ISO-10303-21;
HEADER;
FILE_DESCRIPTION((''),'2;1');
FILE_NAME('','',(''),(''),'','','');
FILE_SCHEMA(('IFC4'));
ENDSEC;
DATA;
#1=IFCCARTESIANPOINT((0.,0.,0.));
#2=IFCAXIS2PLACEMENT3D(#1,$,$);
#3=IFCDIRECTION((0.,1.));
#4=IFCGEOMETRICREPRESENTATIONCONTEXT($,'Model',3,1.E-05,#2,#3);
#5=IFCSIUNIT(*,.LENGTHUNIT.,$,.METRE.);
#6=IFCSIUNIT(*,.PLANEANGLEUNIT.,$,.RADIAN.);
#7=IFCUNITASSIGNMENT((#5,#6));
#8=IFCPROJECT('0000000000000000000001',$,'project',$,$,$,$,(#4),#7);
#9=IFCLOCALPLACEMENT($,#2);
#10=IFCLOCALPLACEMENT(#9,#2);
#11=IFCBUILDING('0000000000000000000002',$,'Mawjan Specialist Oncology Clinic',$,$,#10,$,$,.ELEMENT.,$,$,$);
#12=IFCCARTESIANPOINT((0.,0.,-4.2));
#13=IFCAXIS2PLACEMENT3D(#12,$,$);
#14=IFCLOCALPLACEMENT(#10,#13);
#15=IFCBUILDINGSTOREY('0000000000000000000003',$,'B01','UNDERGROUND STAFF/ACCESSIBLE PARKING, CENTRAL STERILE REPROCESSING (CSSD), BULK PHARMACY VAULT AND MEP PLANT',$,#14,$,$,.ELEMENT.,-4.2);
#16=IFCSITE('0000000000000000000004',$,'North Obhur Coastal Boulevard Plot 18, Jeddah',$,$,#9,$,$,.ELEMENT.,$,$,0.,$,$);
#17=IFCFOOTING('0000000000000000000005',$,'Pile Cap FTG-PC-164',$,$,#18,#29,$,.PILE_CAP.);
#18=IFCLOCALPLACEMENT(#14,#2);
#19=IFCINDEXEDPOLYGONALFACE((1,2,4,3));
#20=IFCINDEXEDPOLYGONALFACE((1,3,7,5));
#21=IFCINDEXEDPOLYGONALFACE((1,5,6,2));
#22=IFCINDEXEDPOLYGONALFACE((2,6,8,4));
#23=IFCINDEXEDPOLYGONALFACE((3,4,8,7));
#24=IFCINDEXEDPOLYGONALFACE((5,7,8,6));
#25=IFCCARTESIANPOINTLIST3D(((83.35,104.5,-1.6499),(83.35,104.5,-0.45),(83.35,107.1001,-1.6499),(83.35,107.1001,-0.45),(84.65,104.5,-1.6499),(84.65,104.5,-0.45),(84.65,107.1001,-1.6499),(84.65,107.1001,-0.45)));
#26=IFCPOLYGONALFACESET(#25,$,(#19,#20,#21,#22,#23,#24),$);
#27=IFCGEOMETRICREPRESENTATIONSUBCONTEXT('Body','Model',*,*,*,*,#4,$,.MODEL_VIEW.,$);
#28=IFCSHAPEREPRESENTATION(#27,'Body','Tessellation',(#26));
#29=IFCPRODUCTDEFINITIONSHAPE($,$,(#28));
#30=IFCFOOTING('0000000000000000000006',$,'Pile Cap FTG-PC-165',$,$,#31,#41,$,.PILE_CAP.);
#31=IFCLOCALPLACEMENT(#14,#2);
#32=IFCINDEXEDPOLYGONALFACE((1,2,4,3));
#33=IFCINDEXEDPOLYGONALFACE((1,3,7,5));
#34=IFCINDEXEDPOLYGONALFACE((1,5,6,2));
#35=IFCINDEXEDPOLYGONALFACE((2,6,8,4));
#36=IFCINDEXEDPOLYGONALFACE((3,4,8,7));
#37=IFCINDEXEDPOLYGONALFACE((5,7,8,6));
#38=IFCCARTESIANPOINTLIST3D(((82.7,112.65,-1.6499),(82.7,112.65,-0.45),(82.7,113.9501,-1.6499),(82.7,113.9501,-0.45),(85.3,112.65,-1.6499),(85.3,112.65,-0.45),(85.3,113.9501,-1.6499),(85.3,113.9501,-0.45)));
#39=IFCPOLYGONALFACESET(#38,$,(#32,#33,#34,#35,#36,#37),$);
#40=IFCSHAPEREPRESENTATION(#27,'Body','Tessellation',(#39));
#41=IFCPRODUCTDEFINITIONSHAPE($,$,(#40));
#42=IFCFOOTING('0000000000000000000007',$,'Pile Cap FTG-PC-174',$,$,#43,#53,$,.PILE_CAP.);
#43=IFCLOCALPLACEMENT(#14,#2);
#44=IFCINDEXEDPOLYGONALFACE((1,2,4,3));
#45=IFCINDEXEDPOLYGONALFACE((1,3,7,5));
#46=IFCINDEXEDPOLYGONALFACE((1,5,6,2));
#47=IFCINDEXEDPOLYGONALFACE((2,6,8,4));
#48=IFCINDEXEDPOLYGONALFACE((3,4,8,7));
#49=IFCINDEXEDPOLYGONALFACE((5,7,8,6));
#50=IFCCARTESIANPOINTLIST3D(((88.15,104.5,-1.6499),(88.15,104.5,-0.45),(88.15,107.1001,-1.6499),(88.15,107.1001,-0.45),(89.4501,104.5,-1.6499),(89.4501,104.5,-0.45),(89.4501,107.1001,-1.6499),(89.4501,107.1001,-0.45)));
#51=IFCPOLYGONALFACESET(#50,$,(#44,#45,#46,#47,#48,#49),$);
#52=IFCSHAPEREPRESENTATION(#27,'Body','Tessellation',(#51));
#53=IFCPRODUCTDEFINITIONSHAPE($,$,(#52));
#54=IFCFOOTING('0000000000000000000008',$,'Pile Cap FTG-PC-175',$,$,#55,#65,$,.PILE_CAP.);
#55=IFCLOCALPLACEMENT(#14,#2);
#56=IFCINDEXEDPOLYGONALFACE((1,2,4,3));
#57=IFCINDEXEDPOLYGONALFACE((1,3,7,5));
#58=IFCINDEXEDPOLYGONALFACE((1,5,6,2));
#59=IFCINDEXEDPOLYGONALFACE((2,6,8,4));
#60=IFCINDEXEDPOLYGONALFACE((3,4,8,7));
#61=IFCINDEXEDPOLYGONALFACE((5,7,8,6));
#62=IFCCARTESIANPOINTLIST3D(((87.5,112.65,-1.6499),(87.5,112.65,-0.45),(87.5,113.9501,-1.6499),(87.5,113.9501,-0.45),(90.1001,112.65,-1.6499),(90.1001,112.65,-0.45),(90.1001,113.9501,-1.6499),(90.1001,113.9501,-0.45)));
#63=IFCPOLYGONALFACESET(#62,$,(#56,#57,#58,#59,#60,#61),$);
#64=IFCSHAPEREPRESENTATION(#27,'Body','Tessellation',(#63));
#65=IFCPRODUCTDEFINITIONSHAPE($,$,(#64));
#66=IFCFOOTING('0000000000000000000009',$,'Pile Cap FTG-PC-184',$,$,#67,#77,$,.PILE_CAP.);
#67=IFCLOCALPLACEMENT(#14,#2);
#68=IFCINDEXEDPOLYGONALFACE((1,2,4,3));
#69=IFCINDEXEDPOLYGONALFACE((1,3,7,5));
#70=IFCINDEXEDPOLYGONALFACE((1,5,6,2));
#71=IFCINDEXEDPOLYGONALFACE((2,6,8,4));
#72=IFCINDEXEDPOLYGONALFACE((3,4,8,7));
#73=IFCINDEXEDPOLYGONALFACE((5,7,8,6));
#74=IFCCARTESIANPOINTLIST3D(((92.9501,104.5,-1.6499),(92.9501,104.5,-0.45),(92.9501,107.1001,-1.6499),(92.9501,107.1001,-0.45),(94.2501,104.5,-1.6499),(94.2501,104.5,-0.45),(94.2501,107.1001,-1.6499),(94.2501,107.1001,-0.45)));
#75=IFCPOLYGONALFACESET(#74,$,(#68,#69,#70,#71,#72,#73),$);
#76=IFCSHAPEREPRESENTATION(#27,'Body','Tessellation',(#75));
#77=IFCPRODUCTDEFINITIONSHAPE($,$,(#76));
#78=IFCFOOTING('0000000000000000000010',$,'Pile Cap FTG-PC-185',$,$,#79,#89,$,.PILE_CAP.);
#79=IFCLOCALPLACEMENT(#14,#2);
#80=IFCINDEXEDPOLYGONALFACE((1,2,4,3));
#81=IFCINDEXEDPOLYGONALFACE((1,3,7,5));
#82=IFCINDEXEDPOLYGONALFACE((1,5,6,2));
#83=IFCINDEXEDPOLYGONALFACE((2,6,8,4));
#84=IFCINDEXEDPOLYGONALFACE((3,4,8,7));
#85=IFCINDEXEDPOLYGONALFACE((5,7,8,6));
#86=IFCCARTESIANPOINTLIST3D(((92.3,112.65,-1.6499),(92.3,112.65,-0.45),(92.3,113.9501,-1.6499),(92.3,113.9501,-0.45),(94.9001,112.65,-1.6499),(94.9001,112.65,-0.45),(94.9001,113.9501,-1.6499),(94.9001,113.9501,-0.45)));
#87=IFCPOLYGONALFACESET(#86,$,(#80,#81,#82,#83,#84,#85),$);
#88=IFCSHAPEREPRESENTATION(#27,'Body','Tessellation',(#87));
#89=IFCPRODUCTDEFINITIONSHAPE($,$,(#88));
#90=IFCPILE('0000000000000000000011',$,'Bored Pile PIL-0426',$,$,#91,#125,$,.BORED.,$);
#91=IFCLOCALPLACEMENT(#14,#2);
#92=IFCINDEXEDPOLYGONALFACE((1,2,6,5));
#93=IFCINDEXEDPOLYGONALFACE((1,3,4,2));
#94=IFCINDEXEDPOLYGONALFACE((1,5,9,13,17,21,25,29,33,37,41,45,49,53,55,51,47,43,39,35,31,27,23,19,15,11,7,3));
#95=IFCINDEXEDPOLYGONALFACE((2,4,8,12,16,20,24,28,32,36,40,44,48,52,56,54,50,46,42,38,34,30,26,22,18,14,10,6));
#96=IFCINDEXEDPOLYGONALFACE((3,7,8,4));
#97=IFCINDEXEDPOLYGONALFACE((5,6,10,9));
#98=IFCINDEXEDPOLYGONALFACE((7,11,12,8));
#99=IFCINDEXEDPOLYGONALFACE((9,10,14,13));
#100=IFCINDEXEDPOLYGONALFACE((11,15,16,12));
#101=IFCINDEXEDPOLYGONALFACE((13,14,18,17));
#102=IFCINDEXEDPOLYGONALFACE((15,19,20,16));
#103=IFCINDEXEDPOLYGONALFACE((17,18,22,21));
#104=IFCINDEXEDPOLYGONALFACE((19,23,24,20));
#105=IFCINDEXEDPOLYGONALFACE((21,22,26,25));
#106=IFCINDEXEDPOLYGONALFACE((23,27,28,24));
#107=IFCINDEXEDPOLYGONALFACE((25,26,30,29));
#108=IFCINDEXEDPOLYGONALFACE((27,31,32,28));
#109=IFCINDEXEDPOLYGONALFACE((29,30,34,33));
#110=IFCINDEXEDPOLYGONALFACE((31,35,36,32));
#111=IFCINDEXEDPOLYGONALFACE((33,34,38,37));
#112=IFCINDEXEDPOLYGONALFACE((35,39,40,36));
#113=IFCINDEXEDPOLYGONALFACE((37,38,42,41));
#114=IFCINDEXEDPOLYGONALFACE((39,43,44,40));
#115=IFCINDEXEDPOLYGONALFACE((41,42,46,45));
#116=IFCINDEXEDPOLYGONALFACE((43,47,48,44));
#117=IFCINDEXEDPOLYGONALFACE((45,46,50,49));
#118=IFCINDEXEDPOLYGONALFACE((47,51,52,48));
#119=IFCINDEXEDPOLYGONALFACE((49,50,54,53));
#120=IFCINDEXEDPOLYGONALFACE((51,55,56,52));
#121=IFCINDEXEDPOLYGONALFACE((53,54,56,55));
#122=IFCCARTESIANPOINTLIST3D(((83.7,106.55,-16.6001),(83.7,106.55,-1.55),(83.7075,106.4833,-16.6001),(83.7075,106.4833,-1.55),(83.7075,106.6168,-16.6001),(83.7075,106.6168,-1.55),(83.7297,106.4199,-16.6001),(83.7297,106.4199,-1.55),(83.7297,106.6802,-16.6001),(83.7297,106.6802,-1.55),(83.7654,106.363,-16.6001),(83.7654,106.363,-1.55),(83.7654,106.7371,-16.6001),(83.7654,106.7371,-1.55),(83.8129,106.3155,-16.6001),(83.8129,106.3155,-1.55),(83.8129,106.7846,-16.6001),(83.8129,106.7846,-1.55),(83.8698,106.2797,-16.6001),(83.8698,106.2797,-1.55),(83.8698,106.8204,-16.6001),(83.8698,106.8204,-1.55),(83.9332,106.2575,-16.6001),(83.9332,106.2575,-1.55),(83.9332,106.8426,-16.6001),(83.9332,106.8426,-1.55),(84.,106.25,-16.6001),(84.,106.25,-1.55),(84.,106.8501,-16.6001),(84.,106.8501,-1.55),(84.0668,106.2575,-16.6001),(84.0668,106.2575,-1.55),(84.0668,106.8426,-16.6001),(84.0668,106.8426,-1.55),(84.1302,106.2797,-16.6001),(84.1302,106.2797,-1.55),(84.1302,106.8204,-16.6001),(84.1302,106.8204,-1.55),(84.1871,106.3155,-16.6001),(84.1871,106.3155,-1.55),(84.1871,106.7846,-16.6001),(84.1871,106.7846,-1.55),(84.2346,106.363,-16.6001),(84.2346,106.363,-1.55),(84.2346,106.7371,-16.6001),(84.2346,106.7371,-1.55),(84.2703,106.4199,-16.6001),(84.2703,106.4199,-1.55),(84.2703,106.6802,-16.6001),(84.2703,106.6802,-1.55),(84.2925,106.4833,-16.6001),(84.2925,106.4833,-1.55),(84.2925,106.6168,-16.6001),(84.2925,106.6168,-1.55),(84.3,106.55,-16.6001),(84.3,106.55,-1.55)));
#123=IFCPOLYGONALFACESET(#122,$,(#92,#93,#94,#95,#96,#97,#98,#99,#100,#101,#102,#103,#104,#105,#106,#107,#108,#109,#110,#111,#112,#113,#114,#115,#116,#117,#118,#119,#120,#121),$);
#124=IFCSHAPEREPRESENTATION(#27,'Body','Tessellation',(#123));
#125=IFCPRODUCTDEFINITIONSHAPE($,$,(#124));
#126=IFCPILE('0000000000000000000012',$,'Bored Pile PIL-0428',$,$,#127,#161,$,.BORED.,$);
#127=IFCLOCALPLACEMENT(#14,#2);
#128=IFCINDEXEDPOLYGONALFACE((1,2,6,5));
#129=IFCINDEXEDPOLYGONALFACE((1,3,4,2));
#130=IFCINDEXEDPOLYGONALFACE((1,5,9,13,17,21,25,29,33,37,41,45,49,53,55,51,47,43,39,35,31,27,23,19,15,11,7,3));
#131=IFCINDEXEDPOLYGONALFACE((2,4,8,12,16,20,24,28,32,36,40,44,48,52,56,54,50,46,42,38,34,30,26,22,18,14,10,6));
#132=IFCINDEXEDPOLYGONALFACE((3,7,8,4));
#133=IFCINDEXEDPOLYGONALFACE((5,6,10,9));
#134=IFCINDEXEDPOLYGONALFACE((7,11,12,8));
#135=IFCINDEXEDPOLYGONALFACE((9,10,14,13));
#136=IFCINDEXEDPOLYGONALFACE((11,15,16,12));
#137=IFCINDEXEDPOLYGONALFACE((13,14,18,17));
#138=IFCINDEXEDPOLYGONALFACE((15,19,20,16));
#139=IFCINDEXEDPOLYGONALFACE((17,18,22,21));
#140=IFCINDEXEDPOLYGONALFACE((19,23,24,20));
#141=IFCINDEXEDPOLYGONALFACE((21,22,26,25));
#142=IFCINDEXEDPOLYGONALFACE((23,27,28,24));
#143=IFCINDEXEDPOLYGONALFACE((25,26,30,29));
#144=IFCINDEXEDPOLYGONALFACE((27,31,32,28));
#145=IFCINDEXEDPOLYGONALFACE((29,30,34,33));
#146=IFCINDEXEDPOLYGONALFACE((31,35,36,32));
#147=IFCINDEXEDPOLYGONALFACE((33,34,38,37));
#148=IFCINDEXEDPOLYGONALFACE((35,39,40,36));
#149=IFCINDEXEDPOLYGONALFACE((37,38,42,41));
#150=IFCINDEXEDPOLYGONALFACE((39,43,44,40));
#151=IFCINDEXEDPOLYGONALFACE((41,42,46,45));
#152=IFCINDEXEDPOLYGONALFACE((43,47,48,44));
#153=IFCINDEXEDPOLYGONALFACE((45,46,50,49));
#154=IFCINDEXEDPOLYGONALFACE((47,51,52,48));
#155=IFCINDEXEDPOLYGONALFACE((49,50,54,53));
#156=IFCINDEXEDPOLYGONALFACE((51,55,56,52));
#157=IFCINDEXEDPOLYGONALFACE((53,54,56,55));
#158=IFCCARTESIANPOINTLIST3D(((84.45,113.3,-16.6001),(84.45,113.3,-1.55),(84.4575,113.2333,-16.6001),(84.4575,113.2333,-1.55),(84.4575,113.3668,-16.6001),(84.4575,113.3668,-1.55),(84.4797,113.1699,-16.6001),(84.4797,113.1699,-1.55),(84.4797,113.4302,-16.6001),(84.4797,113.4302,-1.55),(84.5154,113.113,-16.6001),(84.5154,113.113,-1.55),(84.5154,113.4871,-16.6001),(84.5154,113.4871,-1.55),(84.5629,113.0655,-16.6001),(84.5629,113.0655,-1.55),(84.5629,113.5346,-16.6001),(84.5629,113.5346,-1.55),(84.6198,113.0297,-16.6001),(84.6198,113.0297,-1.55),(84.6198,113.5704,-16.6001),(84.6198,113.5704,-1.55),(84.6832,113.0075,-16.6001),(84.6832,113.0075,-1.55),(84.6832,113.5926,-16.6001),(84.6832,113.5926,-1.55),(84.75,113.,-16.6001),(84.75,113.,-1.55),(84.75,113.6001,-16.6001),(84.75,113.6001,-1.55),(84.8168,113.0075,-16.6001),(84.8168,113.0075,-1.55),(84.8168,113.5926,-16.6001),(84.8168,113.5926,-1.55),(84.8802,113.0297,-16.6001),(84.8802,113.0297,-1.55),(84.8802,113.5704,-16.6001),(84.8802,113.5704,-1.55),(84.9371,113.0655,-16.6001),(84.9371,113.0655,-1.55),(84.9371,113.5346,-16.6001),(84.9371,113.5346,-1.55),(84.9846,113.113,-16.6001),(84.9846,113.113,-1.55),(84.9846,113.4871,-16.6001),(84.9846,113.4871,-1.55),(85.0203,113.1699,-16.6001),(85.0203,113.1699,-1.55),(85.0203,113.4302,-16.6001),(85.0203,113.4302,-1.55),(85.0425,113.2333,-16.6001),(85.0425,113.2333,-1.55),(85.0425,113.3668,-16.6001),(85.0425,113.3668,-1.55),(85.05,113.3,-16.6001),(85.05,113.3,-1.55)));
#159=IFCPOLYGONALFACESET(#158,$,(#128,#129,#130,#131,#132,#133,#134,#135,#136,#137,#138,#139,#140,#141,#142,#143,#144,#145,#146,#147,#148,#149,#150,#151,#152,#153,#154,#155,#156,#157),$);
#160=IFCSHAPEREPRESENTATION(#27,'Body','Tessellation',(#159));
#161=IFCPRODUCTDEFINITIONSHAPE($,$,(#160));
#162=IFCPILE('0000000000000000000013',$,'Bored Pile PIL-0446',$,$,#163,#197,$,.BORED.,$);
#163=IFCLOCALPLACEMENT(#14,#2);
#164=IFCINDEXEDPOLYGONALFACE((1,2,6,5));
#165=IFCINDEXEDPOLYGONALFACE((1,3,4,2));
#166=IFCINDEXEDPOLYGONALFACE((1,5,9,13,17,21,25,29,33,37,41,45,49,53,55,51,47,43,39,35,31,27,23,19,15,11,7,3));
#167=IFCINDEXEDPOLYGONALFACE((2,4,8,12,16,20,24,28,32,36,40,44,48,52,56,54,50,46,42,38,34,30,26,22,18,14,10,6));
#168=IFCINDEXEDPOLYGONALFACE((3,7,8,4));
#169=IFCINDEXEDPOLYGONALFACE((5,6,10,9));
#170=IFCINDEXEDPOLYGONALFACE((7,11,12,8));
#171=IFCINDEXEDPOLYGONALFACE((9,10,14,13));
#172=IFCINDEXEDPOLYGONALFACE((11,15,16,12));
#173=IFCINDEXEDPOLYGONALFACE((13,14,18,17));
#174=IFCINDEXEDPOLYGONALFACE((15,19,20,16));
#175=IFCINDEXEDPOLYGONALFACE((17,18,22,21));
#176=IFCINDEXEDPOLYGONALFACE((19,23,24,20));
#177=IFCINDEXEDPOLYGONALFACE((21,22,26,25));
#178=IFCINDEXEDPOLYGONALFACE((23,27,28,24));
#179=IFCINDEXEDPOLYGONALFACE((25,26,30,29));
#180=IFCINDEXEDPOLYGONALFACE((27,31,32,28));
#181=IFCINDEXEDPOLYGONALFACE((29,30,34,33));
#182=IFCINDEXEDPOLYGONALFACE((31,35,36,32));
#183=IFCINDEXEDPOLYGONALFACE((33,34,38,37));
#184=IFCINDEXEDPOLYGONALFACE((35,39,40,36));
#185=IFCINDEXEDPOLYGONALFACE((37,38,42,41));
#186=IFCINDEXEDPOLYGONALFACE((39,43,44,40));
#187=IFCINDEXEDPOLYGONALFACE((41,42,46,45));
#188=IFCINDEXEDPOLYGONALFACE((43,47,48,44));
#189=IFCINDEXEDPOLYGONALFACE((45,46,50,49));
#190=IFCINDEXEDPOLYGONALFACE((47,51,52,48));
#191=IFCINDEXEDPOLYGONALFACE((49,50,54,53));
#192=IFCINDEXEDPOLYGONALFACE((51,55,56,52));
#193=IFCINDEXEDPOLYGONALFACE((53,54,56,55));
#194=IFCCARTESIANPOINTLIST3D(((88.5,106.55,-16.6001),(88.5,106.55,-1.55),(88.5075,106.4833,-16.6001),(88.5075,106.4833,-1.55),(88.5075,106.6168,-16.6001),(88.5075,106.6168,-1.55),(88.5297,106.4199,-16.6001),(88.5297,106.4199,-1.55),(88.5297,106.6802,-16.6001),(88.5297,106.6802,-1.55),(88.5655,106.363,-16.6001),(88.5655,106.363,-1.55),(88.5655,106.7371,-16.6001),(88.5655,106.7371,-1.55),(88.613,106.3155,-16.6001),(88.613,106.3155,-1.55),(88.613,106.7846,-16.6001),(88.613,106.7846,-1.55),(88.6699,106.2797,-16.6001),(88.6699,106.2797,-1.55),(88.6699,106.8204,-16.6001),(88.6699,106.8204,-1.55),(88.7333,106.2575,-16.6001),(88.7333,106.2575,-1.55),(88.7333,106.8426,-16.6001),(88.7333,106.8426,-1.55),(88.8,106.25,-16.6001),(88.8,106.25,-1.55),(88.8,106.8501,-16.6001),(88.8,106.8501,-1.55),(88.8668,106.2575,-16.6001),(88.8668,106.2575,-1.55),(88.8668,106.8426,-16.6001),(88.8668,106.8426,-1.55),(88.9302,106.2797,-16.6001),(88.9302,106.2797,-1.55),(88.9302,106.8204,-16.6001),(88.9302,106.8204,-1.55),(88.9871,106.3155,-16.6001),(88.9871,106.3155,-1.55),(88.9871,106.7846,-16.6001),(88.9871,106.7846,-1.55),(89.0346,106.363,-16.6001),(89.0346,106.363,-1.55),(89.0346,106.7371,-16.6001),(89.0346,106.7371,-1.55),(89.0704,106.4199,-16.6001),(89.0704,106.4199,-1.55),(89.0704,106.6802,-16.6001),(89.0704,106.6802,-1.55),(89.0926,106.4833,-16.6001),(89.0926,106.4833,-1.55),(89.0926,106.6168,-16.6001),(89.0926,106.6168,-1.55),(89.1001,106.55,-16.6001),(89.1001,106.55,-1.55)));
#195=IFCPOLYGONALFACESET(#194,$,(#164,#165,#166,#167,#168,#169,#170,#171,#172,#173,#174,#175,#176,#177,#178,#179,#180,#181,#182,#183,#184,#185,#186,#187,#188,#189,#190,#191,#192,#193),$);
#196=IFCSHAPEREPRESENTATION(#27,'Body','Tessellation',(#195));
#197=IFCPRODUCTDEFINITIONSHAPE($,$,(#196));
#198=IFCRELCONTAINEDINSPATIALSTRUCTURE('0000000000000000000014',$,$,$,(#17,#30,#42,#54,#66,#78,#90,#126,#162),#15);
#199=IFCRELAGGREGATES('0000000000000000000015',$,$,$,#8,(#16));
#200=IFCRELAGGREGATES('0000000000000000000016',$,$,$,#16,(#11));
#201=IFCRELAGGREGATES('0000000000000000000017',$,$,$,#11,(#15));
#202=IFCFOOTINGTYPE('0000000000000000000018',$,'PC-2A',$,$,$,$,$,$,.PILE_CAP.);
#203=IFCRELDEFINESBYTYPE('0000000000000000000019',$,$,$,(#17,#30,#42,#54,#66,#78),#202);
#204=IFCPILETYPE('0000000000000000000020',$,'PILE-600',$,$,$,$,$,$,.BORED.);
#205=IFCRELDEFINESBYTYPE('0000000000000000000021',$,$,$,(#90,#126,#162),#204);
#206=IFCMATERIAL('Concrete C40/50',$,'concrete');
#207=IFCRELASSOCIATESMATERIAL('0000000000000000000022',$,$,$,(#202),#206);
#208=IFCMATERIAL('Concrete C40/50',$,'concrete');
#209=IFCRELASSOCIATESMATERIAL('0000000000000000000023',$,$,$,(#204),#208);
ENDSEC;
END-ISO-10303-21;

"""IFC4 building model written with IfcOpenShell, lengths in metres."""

from ifc_helpers import new_model, si_unit, direction, frame, origin, origin_2d, place, context, subcontext, project, spatial, rectangle, circle, extrude, material, material_profile, profile_set, type_object, element, save


model = new_model("IFC4")

# Units and contexts
model_context = context("Model", 3, precision=1e-05, world=origin(), true_north=direction((0.0, 1.0)))
body_context = subcontext(model_context, "Body", "Model", "MODEL_VIEW")
ifc_project = project(units=[si_unit("LENGTHUNIT", "METRE"), si_unit("PLANEANGLEUNIT", "RADIAN")], contexts=[model_context])

# Site, building, storey
site_placement = place(None, origin())
site = spatial("IfcSite", under=ifc_project, at=site_placement, Name="North Obhur Coastal Boulevard Plot 18, Jeddah", CompositionType="ELEMENT", RefElevation=0.0)
building_placement = place(site_placement, origin())
building = spatial("IfcBuilding", under=site, at=building_placement, Name="Mawjan Specialist Oncology Clinic", CompositionType="ELEMENT")
storey_placement = place(building_placement, frame((0.0, 0.0, -4.2)))
storey = spatial("IfcBuildingStorey", under=building, at=storey_placement, Name="B01", Description="UNDERGROUND STAFF/ACCESSIBLE PARKING, CENTRAL STERILE REPROCESSING (CSSD), BULK PHARMACY VAULT AND MEP PLANT", CompositionType="ELEMENT", Elevation=-4.2)

# Footings
ifc_material_1 = material(Name="Concrete C40/50", Category="concrete")
footing_type_1 = type_object("IfcFootingType", Name="PC-2A", PredefinedType="PILE_CAP", material=ifc_material_1)
for number, where, z_axis, x_axis, name in (
    (1, (84.0, 105.8, -1.6499), (0.0, 0.0, 1.0), (0.0, 1.0, 0.0), "Pile Cap FTG-PC-164"),
    (2, (84.0, 113.3, -1.6499), (0.0, 0.0, 1.0), (1.0, 0.0, 0.0), "Pile Cap FTG-PC-165"),
    (3, (88.8, 105.8, -1.6499), (0.0, 0.0, 1.0), (0.0, 1.0, 0.0), "Pile Cap FTG-PC-174"),
    (4, (88.8, 113.3, -1.6499), (0.0, 0.0, 1.0), (1.0, 0.0, 0.0), "Pile Cap FTG-PC-175"),
    (5, (93.6001, 105.8, -1.6499), (0.0, 0.0, 1.0), (0.0, 1.0, 0.0), "Pile Cap FTG-PC-184"),
    (6, (93.6001, 113.3, -1.6499), (0.0, 0.0, 1.0), (1.0, 0.0, 0.0), "Pile Cap FTG-PC-185"),
):
    element("IfcFooting", number, at=place(storey_placement, frame(where, z_axis=z_axis, x_axis=x_axis)), inside=storey, type_object=footing_type_1, Name=name, PredefinedType="PILE_CAP", context=body_context, shape_type="SweptSolid", body=[
        extrude(rectangle(XDim=2.6001, YDim=1.3, at=origin_2d()), origin(), (0.0, 0.0, 1.0), 1.2),
    ])

# Piles
ifc_material_2 = material(Name="Concrete C40/50", Category="concrete")
ifc_material_profile_1 = material_profile(ifc_material_2, circle(Radius=0.3, at=origin_2d()), Name="BORED PILE D600", Category="concrete")
ifc_profile_set_1 = profile_set([ifc_material_profile_1], Name="Concrete C40/50")
pile_type = type_object("IfcPileType", Name="PILE-600", PredefinedType="BORED", material=ifc_profile_set_1)
for number, where, z_axis, x_axis, name in (
    (7, (84.0, 106.55, -1.55), (0.0, 0.0, -1.0), (1.0, 0.0, 0.0), "Bored Pile PIL-0426"),
    (8, (84.75, 113.3, -1.55), (0.0, 0.0, -1.0), (1.0, 0.0, 0.0), "Bored Pile PIL-0428"),
    (9, (88.8, 106.55, -1.55), (0.0, 0.0, -1.0), (1.0, 0.0, 0.0), "Bored Pile PIL-0446"),
):
    element("IfcPile", number, at=place(storey_placement, frame(where, z_axis=z_axis, x_axis=x_axis)), inside=storey, type_object=pile_type, Name=name, PredefinedType="BORED", context=body_context, shape_type="SweptSolid", body=[
        extrude(circle(Radius=0.3, at=origin_2d()), origin(), (0.0, 0.0, 1.0), 15.05),
    ])

save(model, "model.ifc")
